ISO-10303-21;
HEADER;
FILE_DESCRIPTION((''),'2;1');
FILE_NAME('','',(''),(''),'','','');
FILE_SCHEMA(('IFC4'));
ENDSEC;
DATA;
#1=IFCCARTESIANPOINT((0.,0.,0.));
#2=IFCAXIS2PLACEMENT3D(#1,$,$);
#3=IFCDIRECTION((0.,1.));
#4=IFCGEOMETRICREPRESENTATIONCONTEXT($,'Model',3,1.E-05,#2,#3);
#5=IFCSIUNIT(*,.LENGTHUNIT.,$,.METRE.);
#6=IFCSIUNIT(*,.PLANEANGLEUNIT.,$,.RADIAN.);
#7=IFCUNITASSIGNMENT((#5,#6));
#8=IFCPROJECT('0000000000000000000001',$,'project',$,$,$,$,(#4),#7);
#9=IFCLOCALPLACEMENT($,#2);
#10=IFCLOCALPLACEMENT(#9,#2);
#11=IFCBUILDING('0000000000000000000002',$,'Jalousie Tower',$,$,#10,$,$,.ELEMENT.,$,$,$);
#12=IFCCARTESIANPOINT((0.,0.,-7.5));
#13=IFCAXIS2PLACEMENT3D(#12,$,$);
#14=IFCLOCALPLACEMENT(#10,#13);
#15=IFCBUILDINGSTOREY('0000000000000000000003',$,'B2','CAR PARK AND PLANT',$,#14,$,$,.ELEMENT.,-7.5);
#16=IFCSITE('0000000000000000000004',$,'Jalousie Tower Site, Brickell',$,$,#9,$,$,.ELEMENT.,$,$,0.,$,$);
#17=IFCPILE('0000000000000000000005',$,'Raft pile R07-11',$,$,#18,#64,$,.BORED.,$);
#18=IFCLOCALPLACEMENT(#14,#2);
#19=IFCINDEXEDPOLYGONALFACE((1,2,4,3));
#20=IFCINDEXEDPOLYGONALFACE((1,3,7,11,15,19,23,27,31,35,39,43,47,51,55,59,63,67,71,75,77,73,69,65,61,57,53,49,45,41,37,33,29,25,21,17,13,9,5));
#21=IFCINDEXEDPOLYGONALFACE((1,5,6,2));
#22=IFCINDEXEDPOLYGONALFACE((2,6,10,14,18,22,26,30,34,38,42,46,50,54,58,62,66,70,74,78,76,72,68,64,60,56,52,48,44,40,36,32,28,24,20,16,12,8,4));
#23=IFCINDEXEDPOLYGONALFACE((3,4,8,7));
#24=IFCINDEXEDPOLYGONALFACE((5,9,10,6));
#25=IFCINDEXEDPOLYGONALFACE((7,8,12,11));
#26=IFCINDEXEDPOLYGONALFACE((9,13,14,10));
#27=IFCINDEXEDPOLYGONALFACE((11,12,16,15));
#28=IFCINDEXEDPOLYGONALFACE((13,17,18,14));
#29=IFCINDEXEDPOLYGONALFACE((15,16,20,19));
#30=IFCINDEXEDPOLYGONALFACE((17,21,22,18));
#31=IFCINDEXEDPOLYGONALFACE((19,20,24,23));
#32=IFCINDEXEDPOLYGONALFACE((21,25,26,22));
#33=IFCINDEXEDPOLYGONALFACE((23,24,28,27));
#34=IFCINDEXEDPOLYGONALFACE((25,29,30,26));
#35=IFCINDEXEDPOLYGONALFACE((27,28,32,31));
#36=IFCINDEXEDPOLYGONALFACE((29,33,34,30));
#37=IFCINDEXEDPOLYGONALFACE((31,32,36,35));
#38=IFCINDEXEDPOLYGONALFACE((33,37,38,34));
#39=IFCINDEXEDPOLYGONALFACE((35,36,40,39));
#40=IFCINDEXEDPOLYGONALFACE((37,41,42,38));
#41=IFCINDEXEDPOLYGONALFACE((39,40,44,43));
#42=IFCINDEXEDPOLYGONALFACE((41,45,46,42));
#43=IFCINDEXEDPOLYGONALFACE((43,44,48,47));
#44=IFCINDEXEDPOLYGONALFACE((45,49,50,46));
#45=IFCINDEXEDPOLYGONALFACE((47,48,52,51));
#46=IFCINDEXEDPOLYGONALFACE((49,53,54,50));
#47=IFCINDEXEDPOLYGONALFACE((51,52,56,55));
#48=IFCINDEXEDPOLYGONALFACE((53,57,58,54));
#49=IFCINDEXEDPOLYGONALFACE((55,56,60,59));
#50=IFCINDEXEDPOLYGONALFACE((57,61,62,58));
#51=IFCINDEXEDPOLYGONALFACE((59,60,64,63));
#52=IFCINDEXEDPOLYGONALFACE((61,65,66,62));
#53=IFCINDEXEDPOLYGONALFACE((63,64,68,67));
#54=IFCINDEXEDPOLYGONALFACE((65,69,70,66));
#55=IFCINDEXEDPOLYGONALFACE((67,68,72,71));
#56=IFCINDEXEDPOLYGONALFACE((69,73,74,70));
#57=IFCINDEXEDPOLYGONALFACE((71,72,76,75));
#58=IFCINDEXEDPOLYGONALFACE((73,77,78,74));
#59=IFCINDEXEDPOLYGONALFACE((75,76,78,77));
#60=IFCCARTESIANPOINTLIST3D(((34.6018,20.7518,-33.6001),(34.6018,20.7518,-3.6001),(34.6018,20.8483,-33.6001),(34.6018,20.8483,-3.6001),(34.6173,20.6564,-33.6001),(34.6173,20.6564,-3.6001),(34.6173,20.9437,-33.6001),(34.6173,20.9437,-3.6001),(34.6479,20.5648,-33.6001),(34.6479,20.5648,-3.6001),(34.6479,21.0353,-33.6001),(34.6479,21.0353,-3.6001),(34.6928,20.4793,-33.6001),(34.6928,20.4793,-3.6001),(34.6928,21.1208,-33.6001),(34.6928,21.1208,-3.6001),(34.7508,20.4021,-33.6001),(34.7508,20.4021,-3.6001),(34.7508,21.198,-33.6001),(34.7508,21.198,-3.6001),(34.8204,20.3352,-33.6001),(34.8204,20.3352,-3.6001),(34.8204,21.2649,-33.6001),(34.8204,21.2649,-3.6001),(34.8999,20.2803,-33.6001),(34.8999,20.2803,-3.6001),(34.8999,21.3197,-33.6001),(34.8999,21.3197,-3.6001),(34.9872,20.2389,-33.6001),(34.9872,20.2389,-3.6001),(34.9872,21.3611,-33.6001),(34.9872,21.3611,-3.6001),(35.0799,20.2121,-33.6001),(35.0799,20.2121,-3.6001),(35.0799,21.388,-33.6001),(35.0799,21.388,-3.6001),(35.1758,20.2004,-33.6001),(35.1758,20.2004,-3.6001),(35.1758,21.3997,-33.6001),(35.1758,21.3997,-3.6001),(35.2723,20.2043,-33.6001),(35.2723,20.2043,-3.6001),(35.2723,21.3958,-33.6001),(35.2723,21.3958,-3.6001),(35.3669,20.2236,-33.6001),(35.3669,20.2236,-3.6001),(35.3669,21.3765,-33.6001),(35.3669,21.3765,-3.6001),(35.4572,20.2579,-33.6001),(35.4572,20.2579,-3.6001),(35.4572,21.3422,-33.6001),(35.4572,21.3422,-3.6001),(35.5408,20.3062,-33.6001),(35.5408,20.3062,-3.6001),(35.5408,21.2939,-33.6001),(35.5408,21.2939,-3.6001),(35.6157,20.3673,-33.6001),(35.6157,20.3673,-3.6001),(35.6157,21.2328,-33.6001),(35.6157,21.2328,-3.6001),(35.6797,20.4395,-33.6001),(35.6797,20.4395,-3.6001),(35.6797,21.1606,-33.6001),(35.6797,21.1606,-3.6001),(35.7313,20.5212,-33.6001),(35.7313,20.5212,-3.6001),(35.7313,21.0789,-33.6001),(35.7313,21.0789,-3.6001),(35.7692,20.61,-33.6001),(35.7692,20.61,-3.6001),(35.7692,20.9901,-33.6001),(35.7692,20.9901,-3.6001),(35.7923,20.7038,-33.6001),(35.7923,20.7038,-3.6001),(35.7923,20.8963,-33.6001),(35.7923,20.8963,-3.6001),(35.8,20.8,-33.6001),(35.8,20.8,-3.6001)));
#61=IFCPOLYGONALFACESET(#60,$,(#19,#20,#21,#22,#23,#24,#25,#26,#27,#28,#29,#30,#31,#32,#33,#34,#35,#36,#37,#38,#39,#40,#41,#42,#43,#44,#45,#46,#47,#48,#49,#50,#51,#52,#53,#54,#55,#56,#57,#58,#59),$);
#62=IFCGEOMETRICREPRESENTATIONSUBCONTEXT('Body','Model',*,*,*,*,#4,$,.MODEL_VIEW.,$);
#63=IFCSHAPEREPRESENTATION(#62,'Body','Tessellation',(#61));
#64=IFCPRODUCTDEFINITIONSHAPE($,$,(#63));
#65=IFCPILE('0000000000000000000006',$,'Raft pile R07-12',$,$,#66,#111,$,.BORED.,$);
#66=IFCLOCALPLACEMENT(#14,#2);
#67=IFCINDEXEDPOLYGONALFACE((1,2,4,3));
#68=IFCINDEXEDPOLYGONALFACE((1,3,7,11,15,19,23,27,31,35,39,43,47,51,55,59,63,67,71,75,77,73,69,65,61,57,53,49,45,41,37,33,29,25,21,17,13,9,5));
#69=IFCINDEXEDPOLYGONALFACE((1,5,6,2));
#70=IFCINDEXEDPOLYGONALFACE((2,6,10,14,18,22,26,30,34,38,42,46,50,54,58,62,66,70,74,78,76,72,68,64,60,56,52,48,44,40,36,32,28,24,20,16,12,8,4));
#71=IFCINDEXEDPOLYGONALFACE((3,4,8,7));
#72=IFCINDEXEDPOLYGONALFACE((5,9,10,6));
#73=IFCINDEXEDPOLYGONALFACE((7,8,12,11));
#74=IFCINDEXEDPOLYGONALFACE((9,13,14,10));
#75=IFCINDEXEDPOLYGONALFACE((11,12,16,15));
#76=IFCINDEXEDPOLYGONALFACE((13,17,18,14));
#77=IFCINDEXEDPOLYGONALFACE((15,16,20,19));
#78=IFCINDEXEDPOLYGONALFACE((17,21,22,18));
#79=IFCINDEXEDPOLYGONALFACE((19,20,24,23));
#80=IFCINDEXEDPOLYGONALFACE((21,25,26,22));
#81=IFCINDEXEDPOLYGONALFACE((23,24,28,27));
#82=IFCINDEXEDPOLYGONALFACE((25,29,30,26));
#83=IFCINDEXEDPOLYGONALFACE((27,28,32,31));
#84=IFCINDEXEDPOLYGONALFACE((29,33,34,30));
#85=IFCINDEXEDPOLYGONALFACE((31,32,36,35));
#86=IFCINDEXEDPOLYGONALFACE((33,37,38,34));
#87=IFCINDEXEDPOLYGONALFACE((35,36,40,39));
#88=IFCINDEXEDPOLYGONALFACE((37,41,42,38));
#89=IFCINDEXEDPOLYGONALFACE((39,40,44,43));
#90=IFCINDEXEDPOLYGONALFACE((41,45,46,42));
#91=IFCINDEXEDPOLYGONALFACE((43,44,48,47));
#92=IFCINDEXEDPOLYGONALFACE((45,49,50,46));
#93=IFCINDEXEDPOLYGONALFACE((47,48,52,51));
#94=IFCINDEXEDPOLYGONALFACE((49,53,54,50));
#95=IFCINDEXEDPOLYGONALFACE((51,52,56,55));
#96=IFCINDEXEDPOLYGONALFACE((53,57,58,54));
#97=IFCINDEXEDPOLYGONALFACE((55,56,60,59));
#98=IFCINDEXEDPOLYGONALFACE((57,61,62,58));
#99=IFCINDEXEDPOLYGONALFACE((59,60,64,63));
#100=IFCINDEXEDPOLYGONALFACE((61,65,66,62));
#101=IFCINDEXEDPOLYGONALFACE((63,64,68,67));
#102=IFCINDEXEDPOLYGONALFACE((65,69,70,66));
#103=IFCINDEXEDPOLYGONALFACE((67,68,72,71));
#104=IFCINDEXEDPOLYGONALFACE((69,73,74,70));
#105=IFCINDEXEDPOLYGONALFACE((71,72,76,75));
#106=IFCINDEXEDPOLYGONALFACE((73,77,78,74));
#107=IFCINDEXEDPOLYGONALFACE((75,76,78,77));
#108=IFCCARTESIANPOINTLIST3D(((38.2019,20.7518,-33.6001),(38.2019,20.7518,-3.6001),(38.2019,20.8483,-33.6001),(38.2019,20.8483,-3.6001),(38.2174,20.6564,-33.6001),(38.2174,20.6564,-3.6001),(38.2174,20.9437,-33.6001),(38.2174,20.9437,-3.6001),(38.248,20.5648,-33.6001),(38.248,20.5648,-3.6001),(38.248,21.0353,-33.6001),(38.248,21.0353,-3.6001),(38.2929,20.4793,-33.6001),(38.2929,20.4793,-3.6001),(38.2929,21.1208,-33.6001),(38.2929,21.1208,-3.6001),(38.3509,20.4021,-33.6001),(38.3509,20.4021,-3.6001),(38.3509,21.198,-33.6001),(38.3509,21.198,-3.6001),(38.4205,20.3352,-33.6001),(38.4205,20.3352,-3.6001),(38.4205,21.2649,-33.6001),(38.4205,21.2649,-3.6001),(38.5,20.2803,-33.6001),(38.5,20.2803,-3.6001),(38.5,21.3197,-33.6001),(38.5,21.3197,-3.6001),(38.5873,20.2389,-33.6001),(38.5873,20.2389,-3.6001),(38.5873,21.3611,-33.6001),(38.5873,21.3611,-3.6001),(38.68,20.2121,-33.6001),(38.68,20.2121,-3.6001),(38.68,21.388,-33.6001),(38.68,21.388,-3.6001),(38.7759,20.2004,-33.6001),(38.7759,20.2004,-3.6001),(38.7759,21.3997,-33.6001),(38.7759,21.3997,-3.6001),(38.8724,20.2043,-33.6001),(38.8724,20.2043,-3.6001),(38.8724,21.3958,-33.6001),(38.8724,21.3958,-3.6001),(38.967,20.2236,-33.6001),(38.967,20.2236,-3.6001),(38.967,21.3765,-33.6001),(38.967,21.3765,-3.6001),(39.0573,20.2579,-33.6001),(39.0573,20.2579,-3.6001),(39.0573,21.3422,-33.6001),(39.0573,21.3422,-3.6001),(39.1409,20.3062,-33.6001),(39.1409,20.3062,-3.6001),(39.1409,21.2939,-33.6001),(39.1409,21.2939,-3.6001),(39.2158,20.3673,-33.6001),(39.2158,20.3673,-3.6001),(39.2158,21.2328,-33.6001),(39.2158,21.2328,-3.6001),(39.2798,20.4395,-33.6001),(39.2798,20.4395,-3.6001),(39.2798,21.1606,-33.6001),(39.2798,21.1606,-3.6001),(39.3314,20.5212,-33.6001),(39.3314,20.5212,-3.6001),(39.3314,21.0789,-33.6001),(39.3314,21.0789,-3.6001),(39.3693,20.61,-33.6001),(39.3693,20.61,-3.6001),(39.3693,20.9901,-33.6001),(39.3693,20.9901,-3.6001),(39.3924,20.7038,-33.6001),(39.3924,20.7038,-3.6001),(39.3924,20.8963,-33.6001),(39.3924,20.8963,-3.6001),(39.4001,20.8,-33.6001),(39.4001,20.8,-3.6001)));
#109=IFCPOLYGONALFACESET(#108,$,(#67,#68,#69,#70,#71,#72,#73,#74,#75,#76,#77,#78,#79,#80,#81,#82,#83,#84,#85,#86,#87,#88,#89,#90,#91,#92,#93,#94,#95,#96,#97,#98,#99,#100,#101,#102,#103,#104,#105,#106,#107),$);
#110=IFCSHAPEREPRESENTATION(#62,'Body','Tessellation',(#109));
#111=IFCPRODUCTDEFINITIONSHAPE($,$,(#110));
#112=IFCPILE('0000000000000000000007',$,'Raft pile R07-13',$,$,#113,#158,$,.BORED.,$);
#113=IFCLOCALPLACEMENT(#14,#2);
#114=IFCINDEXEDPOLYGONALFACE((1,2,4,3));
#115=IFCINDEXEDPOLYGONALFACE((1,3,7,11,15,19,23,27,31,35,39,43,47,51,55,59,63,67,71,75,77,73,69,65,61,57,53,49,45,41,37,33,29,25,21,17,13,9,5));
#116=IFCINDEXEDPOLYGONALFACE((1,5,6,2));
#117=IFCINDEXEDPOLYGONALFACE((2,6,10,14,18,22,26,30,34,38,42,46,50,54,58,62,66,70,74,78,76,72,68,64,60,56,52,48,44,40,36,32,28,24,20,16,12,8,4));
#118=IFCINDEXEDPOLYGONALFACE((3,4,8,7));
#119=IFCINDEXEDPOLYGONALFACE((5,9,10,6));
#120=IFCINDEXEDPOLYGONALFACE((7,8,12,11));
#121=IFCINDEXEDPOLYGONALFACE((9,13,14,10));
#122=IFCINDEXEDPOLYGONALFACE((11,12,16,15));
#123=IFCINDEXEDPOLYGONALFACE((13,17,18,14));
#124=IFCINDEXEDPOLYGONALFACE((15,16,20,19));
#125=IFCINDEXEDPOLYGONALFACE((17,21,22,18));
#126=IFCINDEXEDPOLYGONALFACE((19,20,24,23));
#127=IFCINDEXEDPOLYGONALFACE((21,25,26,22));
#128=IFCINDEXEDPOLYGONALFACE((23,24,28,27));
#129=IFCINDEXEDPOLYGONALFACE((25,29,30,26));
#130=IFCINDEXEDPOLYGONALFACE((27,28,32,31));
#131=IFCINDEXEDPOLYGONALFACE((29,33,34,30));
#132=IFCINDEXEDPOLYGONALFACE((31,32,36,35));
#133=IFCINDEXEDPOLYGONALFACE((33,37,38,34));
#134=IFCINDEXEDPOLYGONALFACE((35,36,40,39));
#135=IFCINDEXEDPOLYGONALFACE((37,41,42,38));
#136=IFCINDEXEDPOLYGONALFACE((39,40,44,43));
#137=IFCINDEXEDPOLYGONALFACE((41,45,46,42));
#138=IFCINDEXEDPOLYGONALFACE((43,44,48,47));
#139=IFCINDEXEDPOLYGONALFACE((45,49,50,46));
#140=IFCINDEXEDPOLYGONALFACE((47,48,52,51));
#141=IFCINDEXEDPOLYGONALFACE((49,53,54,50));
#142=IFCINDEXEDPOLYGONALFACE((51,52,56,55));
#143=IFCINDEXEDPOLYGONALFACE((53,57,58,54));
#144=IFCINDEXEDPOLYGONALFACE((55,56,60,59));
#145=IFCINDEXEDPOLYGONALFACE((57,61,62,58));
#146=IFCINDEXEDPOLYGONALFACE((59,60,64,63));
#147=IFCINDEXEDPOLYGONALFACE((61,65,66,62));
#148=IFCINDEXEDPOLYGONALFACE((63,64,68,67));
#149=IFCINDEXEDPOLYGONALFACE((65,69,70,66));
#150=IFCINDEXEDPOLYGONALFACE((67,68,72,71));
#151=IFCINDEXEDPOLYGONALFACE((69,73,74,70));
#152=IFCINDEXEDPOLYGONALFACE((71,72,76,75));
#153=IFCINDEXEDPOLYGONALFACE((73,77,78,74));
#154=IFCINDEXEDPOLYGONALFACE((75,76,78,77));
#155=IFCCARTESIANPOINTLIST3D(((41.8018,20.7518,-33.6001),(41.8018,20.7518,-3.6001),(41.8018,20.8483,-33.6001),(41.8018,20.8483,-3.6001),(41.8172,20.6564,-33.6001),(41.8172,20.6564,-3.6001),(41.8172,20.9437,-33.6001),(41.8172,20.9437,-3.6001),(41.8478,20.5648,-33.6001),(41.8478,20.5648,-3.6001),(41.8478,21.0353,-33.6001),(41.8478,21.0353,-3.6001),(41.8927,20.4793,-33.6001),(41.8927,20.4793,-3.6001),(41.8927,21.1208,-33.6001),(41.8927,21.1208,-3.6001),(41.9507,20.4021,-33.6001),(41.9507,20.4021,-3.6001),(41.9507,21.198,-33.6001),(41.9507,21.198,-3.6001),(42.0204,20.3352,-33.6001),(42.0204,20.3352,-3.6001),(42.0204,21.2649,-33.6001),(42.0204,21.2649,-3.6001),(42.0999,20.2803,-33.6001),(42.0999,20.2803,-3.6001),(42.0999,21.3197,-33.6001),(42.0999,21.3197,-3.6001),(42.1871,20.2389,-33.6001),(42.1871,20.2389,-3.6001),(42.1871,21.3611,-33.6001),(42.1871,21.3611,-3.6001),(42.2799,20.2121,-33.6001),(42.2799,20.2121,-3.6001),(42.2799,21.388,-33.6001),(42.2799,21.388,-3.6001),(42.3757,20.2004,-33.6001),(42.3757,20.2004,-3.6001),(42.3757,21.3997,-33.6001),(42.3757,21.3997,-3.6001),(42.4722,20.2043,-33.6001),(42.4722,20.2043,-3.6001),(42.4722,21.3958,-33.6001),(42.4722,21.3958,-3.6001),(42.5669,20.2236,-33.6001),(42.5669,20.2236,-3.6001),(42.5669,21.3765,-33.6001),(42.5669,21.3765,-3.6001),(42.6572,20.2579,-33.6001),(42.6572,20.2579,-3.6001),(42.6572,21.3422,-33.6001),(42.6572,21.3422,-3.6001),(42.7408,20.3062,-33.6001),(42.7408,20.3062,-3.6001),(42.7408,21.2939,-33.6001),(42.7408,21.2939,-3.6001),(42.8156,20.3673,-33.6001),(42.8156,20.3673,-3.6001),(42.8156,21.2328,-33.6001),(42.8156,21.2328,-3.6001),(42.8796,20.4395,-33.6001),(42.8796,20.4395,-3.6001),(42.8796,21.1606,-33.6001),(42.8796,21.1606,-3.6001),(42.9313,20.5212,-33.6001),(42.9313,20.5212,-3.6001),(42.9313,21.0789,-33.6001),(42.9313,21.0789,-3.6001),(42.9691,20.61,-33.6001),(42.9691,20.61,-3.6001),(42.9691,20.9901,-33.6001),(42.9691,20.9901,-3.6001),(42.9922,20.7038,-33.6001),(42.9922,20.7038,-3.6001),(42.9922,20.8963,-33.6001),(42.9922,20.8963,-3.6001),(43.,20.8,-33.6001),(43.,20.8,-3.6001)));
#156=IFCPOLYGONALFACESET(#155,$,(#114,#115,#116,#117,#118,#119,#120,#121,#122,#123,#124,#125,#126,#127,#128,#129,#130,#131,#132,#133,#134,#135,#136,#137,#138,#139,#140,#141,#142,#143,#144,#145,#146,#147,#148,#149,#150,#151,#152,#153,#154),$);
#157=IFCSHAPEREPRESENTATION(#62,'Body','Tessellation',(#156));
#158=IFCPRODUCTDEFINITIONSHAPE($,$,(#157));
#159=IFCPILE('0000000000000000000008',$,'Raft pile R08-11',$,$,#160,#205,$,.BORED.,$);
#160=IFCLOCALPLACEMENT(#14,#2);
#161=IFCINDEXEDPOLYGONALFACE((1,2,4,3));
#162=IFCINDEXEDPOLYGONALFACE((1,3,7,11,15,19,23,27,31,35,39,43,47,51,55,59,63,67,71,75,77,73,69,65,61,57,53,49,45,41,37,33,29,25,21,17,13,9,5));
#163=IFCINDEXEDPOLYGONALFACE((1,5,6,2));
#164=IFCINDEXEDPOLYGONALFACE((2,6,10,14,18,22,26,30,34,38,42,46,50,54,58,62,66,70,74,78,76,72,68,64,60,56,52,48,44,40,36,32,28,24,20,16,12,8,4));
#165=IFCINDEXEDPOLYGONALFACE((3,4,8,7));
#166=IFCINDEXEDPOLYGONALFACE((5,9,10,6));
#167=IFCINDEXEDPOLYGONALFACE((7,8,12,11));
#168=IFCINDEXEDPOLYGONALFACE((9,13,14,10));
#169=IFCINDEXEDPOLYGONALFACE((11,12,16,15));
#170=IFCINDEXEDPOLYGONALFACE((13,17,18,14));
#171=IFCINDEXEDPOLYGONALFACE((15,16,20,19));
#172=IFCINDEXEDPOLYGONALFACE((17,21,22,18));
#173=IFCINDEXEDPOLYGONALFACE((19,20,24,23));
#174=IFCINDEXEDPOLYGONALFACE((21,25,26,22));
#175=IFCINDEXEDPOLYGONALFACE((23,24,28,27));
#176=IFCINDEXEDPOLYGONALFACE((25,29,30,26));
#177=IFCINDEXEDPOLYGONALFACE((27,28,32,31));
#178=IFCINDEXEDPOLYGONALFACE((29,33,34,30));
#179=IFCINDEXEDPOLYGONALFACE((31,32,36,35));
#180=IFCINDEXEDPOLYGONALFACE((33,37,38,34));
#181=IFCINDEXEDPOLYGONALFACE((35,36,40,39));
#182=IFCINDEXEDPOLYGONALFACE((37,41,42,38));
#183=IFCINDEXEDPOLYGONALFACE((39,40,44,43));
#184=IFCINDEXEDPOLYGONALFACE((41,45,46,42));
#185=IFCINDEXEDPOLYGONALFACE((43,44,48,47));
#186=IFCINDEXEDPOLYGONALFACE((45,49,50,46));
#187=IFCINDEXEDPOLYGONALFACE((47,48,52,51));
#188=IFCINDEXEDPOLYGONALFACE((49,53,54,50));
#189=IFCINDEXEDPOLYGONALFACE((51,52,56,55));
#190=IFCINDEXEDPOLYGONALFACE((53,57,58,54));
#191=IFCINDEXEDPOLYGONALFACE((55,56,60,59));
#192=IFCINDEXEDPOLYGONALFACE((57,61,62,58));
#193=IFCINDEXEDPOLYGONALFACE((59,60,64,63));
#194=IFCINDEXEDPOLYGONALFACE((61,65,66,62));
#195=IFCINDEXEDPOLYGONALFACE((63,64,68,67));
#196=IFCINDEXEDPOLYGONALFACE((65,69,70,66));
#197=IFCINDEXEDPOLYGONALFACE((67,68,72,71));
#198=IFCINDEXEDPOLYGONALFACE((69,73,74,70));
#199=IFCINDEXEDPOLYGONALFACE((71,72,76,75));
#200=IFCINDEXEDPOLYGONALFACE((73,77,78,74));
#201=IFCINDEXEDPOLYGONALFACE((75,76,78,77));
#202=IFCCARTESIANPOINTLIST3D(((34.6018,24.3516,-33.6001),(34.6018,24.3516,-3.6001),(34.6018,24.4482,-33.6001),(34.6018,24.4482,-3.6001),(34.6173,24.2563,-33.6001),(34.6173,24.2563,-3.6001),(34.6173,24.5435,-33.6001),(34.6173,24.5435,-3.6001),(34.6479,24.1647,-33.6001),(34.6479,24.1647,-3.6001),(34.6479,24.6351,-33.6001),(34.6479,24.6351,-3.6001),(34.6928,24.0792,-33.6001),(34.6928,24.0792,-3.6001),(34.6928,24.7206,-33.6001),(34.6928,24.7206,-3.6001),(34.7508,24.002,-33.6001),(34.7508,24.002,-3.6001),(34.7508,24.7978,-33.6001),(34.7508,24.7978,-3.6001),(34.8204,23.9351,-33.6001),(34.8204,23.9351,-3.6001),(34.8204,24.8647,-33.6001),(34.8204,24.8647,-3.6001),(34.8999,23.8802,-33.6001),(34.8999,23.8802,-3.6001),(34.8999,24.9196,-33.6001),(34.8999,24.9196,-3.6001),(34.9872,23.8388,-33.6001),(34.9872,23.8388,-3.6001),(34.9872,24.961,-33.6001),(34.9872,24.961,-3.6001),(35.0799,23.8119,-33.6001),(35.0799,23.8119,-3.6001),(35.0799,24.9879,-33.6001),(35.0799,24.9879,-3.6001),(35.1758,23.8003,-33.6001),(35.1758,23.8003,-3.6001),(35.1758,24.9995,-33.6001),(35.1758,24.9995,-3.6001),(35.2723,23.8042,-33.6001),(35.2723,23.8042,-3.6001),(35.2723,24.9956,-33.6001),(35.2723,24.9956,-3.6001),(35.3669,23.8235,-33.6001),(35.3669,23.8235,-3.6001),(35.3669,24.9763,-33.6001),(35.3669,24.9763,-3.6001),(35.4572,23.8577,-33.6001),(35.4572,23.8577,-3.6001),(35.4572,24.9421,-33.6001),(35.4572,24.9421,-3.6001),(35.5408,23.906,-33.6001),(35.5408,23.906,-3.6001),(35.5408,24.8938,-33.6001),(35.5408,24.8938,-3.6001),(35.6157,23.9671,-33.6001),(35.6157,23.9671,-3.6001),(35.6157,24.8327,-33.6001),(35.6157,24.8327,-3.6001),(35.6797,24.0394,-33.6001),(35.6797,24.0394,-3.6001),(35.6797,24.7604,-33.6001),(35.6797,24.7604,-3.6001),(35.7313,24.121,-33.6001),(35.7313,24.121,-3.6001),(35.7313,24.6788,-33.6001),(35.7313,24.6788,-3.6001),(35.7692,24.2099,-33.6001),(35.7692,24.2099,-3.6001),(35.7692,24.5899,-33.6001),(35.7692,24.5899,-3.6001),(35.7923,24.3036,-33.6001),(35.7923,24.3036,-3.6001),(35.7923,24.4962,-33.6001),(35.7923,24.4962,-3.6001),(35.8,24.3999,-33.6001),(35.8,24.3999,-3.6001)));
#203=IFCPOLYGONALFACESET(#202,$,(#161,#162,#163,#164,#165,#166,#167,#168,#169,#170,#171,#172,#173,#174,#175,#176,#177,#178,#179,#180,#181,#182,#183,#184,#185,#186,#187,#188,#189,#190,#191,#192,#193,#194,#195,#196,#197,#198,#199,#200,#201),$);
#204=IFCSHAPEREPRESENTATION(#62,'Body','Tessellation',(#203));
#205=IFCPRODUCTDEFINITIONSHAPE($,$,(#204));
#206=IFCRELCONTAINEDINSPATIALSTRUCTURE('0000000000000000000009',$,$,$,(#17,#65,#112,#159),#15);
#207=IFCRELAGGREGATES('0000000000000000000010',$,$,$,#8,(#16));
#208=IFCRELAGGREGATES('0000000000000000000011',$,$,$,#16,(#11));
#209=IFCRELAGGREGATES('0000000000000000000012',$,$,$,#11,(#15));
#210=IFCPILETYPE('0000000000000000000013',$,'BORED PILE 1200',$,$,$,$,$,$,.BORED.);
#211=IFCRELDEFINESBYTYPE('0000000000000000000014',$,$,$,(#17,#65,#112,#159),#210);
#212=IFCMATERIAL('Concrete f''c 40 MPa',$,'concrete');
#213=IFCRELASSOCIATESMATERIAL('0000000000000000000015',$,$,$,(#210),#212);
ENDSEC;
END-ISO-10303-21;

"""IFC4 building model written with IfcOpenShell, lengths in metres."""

from ifc_helpers import new_model, si_unit, direction, frame, origin, origin_2d, place, context, subcontext, project, spatial, circle, extrude, material, material_profile, profile_set, type_object, element, save


model = new_model("IFC4")

# Units and contexts
model_context = context("Model", 3, precision=1e-05, world=origin(), true_north=direction((0.0, 1.0)))
body_context = subcontext(model_context, "Body", "Model", "MODEL_VIEW")
ifc_project = project(units=[si_unit("LENGTHUNIT", "METRE"), si_unit("PLANEANGLEUNIT", "RADIAN")], contexts=[model_context])

# Site, building, storey
site_placement = place(None, origin())
site = spatial("IfcSite", under=ifc_project, at=site_placement, Name="Jalousie Tower Site, Brickell", CompositionType="ELEMENT", RefElevation=0.0)
building_placement = place(site_placement, origin())
building = spatial("IfcBuilding", under=site, at=building_placement, Name="Jalousie Tower", CompositionType="ELEMENT")
storey_placement = place(building_placement, frame((0.0, 0.0, -7.5)))
storey = spatial("IfcBuildingStorey", under=building, at=storey_placement, Name="B2", Description="CAR PARK AND PLANT", CompositionType="ELEMENT", Elevation=-7.5)

# Piles
ifc_material_1 = material(Name="Concrete f'c 40 MPa", Category="concrete")
ifc_material_profile = material_profile(ifc_material_1, circle(Radius=0.6001, at=origin_2d()), Name="BORED PILE D1200")
ifc_profile_set = profile_set([ifc_material_profile], Name="Concrete f'c 40 MPa")
pile_type = type_object("IfcPileType", Name="BORED PILE 1200", PredefinedType="BORED", material=ifc_profile_set)
for number, where, z_axis, x_axis, name in (
    (1, (35.2, 20.8, -3.6001), (0.0, 0.0, -1.0), (1.0, 0.0, 0.0), "Raft pile R07-11"),
    (2, (38.8, 20.8, -3.6001), (0.0, 0.0, -1.0), (1.0, 0.0, 0.0), "Raft pile R07-12"),
    (3, (42.3999, 20.8, -3.6001), (0.0, 0.0, -1.0), (1.0, 0.0, 0.0), "Raft pile R07-13"),
    (4, (35.2, 24.3999, -3.6001), (0.0, 0.0, -1.0), (1.0, 0.0, 0.0), "Raft pile R08-11"),
):
    element("IfcPile", number, at=place(storey_placement, frame(where, z_axis=z_axis, x_axis=x_axis)), inside=storey, type_object=pile_type, Name=name, PredefinedType="BORED", context=body_context, shape_type="SweptSolid", body=[
        extrude(circle(Radius=0.6001, at=origin_2d()), origin(), (0.0, 0.0, 1.0), 30.0),
    ])

save(model, "model.ifc")
